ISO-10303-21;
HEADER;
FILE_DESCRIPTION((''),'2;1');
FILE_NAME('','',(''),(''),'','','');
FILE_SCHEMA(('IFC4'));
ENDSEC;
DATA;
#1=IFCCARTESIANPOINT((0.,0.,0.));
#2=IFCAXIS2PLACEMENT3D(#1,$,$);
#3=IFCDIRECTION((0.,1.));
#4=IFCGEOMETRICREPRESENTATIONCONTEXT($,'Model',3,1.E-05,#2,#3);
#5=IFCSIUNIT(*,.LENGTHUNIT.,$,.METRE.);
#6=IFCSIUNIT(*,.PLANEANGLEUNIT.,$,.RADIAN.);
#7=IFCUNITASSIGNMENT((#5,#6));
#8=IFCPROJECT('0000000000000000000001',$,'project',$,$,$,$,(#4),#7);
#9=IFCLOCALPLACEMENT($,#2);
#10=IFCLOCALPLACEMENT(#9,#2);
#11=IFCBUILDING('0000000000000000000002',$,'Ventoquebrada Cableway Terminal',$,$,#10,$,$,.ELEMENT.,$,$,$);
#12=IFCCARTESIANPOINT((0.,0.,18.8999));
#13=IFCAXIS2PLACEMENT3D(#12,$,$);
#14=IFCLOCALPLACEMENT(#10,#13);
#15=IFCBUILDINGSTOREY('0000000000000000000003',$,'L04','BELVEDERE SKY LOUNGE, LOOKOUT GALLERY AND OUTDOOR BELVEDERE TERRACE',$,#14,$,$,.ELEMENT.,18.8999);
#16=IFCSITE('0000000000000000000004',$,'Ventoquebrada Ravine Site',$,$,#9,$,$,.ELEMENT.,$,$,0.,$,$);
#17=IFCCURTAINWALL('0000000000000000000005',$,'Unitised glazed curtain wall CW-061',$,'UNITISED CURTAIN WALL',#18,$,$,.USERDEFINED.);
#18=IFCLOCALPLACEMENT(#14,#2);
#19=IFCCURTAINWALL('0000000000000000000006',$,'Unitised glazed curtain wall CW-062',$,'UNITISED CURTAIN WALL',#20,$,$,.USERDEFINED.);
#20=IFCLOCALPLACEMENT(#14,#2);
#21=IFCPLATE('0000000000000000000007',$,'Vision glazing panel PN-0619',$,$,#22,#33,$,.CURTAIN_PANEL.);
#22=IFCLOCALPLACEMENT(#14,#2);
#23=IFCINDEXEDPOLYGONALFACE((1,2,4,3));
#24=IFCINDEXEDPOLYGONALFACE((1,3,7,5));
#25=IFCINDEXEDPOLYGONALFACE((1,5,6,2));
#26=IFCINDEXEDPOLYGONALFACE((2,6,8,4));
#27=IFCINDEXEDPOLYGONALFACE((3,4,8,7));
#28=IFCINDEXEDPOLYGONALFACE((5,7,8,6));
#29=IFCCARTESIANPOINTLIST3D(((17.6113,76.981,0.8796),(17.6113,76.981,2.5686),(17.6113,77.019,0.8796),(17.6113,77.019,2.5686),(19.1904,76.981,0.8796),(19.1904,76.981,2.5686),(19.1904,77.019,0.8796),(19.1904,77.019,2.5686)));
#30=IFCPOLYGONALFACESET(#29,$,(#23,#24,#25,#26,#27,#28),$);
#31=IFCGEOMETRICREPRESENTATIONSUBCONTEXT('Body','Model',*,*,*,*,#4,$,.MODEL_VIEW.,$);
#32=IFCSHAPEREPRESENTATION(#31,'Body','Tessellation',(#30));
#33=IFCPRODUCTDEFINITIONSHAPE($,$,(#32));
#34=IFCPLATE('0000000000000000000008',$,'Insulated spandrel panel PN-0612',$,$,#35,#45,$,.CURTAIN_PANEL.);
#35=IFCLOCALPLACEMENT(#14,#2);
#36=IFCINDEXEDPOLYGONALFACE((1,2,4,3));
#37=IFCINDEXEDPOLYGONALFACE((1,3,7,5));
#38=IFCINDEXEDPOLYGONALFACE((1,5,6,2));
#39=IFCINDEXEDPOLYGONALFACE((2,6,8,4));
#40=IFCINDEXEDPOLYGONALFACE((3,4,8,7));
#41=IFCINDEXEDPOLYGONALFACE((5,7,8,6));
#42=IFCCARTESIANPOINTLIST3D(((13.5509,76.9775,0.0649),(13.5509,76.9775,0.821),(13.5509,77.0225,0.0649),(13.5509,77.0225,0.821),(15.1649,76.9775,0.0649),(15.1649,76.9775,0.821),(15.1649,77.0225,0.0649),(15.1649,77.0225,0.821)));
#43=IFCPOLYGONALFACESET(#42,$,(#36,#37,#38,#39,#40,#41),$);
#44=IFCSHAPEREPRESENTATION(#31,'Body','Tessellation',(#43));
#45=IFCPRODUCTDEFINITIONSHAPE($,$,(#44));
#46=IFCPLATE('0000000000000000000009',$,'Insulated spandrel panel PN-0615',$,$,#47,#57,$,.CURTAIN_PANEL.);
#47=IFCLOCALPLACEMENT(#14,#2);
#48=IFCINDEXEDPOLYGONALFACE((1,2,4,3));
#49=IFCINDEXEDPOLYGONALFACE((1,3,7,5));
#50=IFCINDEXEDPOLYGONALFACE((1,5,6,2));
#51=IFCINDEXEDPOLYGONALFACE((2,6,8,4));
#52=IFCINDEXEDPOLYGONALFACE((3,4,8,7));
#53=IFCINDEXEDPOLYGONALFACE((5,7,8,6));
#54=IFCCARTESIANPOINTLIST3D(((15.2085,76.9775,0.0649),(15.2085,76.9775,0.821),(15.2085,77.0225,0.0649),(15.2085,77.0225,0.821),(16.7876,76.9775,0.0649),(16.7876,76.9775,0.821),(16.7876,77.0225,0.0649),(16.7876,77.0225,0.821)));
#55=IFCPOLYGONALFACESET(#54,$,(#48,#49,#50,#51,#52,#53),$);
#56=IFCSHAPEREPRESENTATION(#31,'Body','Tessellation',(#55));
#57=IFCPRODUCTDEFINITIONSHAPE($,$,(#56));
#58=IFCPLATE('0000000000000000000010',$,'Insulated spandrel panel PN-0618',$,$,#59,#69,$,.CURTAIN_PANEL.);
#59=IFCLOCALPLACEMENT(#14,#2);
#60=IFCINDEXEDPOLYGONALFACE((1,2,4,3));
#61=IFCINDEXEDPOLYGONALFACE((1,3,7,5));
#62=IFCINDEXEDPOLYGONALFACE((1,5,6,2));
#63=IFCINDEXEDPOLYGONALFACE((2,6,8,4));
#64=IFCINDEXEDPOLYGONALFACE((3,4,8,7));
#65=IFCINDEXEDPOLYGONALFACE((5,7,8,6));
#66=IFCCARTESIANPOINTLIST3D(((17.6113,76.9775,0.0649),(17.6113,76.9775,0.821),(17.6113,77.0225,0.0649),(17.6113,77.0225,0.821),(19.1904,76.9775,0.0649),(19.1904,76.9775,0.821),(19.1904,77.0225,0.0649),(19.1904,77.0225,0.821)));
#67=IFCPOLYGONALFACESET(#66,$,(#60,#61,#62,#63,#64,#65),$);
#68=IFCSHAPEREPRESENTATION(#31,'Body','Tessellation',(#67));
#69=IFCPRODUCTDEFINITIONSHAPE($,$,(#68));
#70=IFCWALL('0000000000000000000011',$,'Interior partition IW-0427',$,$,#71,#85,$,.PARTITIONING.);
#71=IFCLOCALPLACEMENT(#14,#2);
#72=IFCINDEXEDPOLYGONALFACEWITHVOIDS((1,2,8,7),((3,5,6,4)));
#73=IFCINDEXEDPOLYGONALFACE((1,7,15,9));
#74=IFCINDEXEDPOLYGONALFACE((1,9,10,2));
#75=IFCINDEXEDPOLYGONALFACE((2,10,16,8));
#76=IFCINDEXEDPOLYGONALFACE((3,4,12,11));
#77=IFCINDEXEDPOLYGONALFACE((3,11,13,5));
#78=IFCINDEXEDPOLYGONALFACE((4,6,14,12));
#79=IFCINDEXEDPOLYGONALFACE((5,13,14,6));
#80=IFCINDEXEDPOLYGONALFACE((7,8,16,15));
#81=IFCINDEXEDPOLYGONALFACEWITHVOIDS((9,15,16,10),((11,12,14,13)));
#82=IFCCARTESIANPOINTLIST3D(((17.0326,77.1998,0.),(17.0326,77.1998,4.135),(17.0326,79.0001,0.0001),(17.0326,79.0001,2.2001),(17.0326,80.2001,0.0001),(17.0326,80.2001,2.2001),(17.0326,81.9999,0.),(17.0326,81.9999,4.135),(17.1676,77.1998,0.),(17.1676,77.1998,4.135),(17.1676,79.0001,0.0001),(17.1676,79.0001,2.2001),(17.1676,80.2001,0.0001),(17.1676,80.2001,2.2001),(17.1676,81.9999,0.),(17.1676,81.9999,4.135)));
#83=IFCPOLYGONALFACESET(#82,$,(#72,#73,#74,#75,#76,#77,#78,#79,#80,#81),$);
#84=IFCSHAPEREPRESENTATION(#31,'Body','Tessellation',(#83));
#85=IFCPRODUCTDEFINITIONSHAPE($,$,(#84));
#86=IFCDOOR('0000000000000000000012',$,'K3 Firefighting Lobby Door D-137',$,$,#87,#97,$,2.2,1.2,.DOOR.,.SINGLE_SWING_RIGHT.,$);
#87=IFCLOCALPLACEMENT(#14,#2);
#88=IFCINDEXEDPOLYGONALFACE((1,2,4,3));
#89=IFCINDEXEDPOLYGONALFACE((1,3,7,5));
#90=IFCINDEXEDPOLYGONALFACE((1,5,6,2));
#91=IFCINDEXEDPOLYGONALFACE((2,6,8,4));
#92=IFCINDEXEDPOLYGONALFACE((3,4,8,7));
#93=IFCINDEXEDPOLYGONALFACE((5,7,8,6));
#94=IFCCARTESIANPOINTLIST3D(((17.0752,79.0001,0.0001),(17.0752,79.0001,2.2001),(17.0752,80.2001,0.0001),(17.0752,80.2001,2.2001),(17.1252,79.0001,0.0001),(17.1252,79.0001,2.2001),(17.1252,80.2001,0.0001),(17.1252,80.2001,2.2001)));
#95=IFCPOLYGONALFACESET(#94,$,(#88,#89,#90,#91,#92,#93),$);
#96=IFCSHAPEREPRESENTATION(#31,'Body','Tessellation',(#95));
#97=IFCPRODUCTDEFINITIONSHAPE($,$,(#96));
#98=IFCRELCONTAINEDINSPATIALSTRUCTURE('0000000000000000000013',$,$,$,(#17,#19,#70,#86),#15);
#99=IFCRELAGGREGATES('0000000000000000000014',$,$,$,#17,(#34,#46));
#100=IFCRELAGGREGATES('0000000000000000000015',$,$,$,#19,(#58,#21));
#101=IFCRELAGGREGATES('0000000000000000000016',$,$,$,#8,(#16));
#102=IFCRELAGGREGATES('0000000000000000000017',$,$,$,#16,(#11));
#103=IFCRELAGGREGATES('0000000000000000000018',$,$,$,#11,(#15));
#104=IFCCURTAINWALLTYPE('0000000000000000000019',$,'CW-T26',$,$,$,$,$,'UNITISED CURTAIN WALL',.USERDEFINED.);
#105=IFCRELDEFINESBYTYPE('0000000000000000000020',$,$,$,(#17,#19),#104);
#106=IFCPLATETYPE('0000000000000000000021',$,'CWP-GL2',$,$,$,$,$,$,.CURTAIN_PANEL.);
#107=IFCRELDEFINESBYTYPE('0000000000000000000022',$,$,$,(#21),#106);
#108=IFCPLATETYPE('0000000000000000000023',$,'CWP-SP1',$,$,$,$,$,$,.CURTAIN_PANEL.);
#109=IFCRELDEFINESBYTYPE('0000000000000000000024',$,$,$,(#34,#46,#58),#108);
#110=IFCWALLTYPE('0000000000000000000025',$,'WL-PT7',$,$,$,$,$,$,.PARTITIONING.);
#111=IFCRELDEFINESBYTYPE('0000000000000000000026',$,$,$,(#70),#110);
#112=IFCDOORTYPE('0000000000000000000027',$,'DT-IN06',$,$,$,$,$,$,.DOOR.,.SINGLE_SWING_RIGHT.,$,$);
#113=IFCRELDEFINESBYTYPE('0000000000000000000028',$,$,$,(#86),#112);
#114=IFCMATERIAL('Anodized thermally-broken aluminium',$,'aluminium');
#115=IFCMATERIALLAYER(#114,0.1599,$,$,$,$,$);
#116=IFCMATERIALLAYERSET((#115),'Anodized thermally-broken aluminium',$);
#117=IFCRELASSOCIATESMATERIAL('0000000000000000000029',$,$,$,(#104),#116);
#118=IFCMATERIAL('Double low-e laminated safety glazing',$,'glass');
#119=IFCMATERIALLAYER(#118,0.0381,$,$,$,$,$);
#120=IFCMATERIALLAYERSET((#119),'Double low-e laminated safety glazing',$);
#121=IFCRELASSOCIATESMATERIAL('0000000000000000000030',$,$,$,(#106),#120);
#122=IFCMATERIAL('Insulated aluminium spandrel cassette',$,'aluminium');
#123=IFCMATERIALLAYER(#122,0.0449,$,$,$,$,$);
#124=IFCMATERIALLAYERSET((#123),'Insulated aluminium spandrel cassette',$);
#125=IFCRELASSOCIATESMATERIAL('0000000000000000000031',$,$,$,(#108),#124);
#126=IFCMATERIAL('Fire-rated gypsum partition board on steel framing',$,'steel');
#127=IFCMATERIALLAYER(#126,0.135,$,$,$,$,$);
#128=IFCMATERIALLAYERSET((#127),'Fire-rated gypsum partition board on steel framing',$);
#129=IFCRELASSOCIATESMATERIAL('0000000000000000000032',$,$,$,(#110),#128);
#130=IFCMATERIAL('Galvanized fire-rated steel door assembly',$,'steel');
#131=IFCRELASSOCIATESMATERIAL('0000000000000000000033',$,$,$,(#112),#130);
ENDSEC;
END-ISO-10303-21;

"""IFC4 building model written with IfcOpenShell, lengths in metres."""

from ifc_helpers import new_model, si_unit, direction, frame, frame_2d, origin, origin_2d, place, context, subcontext, project, spatial, rectangle, extrude, material, layer, layer_set, type_object, element, fill, aggregate, save


model = new_model("IFC4")

# Units and contexts
model_context = context("Model", 3, precision=1e-05, world=origin(), true_north=direction((0.0, 1.0)))
body_context = subcontext(model_context, "Body", "Model", "MODEL_VIEW")
ifc_project = project(units=[si_unit("LENGTHUNIT", "METRE"), si_unit("PLANEANGLEUNIT", "RADIAN")], contexts=[model_context])

# Site, building, storey
site_placement = place(None, origin())
site = spatial("IfcSite", under=ifc_project, at=site_placement, Name="Ventoquebrada Ravine Site", CompositionType="ELEMENT", RefElevation=0.0)
building_placement = place(site_placement, origin())
building = spatial("IfcBuilding", under=site, at=building_placement, Name="Ventoquebrada Cableway Terminal", CompositionType="ELEMENT")
storey_placement = place(building_placement, frame((0.0, 0.0, 18.8999)))
storey = spatial("IfcBuildingStorey", under=building, at=storey_placement, Name="L04", Description="BELVEDERE SKY LOUNGE, LOOKOUT GALLERY AND OUTDOOR BELVEDERE TERRACE", CompositionType="ELEMENT", Elevation=18.8999)

# Curtain walls
ifc_material_1 = material(Name="Anodized thermally-broken aluminium", Category="aluminium")
ifc_layer_1 = layer(ifc_material_1, 0.1599)
ifc_layer_set_1 = layer_set([ifc_layer_1], Name="Anodized thermally-broken aluminium")
curtain_wall_type = type_object("IfcCurtainWallType", Name="CW-T26", ElementType="UNITISED CURTAIN WALL", PredefinedType="USERDEFINED", material=ifc_layer_set_1)
curtain_wall_1_placement = place(storey_placement, origin())
curtain_wall_1 = element("IfcCurtainWall", 1, at=curtain_wall_1_placement, inside=storey, type_object=curtain_wall_type, Name="Unitised glazed curtain wall CW-061", ObjectType="UNITISED CURTAIN WALL", PredefinedType="USERDEFINED")
curtain_wall_2_placement = place(storey_placement, origin())
curtain_wall_2 = element("IfcCurtainWall", 2, at=curtain_wall_2_placement, inside=storey, type_object=curtain_wall_type, Name="Unitised glazed curtain wall CW-062", ObjectType="UNITISED CURTAIN WALL", PredefinedType="USERDEFINED")

# Plates
ifc_material_2 = material(Name="Double low-e laminated safety glazing", Category="glass")
ifc_layer_2 = layer(ifc_material_2, 0.0381)
ifc_layer_set_2 = layer_set([ifc_layer_2], Name="Double low-e laminated safety glazing")
plate_type_1 = type_object("IfcPlateType", Name="CWP-GL2", PredefinedType="CURTAIN_PANEL", material=ifc_layer_set_2)
plate_1_placement = place(storey_placement, frame((18.4009, 77.0, 0.8796), z_axis=(0.0, 0.0, 1.0), x_axis=(1.0, 0.0, 0.0)))
plate_1 = element("IfcPlate", 3, at=plate_1_placement, type_object=plate_type_1, Name="Vision glazing panel PN-0619", PredefinedType="CURTAIN_PANEL", context=body_context, shape_type="SweptSolid", body=[
    extrude(rectangle(XDim=1.5791, YDim=0.0381, at=origin_2d()), origin(), (0.0, 0.0, 1.0), 1.689),
])
ifc_material_3 = material(Name="Insulated aluminium spandrel cassette", Category="aluminium")
ifc_layer_3 = layer(ifc_material_3, 0.0449)
ifc_layer_set_3 = layer_set([ifc_layer_3], Name="Insulated aluminium spandrel cassette")
plate_type_2 = type_object("IfcPlateType", Name="CWP-SP1", PredefinedType="CURTAIN_PANEL", material=ifc_layer_set_3)
plate_2_placement = place(storey_placement, frame((14.3579, 77.0, 0.0649), z_axis=(0.0, 0.0, 1.0), x_axis=(1.0, 0.0, 0.0)))
plate_2 = element("IfcPlate", 4, at=plate_2_placement, type_object=plate_type_2, Name="Insulated spandrel panel PN-0612", PredefinedType="CURTAIN_PANEL", context=body_context, shape_type="SweptSolid", body=[
    extrude(rectangle(XDim=1.614, YDim=0.0449, at=origin_2d()), origin(), (0.0, 0.0, 1.0), 0.7561),
])
plate_3_placement = place(storey_placement, frame((15.998, 77.0, 0.0649), z_axis=(0.0, 0.0, 1.0), x_axis=(1.0, 0.0, 0.0)))
plate_3 = element("IfcPlate", 5, at=plate_3_placement, type_object=plate_type_2, Name="Insulated spandrel panel PN-0615", PredefinedType="CURTAIN_PANEL", context=body_context, shape_type="SweptSolid", body=[
    extrude(rectangle(XDim=1.5791, YDim=0.0449, at=origin_2d()), origin(), (0.0, 0.0, 1.0), 0.7561),
])
aggregate(curtain_wall_1, [plate_2, plate_3])
plate_4_placement = place(storey_placement, frame((18.4009, 77.0, 0.0649), z_axis=(0.0, 0.0, 1.0), x_axis=(1.0, 0.0, 0.0)))
plate_4 = element("IfcPlate", 6, at=plate_4_placement, type_object=plate_type_2, Name="Insulated spandrel panel PN-0618", PredefinedType="CURTAIN_PANEL", context=body_context, shape_type="SweptSolid", body=[
    extrude(rectangle(XDim=1.5791, YDim=0.0449, at=origin_2d()), origin(), (0.0, 0.0, 1.0), 0.7561),
])
aggregate(curtain_wall_2, [plate_4, plate_1])

# Wall, opening, door
ifc_material_4 = material(Name="Fire-rated gypsum partition board on steel framing", Category="steel")
ifc_layer_4 = layer(ifc_material_4, 0.135)
ifc_layer_set_4 = layer_set([ifc_layer_4], Name="Fire-rated gypsum partition board on steel framing")
wall_type = type_object("IfcWallType", Name="WL-PT7", PredefinedType="PARTITIONING", material=ifc_layer_set_4)
wall_placement = place(storey_placement, frame((17.1001, 77.2, 0.0), z_axis=(0.0, 0.0, 1.0), x_axis=(0.0, 1.0, 0.0)))
wall = element("IfcWall", 7, at=wall_placement, inside=storey, type_object=wall_type, Name="Interior partition IW-0427", PredefinedType="PARTITIONING", context=body_context, shape_type="SweptSolid", body=[
    extrude(rectangle(XDim=4.8, YDim=0.135, at=frame_2d((2.3999, 0.0))), origin(), (0.0, 0.0, 1.0), 4.135),
])
opening_placement = place(wall_placement, frame((1.8, 0.0, 0.0)))
opening = element("IfcOpeningElement", 8, at=opening_placement, cuts=wall, PredefinedType="OPENING", context=body_context, shape_type="SweptSolid", body=[
    extrude(rectangle(XDim=1.2, YDim=2.2, at=frame_2d((0.6001, 1.1001))), frame((0.0, 0.0774, 0.0), z_axis=(0.0, -1.0, 0.0), x_axis=(1.0, 0.0, 0.0)), (0.0, 0.0, 1.0), 0.155),
])
ifc_material_5 = material(Name="Galvanized fire-rated steel door assembly", Category="steel")
door_type = type_object("IfcDoorType", Name="DT-IN06", OperationType="SINGLE_SWING_RIGHT", PredefinedType="DOOR", material=ifc_material_5)
door_placement = place(opening_placement, origin())
door = element("IfcDoor", 9, at=door_placement, inside=storey, type_object=door_type, Name="K3 Firefighting Lobby Door D-137", OperationType="SINGLE_SWING_RIGHT", OverallHeight=2.2, OverallWidth=1.2, PredefinedType="DOOR", context=body_context, shape_type="SweptSolid", body=[
    extrude(rectangle(XDim=1.2, YDim=2.2, at=frame_2d((0.6001, 1.1001))), frame((0.0, 0.0249, 0.0), z_axis=(0.0, -1.0, 0.0), x_axis=(1.0, 0.0, 0.0)), (0.0, 0.0, 1.0), 0.05),
])
fill(opening, door)

save(model, "model.ifc")
